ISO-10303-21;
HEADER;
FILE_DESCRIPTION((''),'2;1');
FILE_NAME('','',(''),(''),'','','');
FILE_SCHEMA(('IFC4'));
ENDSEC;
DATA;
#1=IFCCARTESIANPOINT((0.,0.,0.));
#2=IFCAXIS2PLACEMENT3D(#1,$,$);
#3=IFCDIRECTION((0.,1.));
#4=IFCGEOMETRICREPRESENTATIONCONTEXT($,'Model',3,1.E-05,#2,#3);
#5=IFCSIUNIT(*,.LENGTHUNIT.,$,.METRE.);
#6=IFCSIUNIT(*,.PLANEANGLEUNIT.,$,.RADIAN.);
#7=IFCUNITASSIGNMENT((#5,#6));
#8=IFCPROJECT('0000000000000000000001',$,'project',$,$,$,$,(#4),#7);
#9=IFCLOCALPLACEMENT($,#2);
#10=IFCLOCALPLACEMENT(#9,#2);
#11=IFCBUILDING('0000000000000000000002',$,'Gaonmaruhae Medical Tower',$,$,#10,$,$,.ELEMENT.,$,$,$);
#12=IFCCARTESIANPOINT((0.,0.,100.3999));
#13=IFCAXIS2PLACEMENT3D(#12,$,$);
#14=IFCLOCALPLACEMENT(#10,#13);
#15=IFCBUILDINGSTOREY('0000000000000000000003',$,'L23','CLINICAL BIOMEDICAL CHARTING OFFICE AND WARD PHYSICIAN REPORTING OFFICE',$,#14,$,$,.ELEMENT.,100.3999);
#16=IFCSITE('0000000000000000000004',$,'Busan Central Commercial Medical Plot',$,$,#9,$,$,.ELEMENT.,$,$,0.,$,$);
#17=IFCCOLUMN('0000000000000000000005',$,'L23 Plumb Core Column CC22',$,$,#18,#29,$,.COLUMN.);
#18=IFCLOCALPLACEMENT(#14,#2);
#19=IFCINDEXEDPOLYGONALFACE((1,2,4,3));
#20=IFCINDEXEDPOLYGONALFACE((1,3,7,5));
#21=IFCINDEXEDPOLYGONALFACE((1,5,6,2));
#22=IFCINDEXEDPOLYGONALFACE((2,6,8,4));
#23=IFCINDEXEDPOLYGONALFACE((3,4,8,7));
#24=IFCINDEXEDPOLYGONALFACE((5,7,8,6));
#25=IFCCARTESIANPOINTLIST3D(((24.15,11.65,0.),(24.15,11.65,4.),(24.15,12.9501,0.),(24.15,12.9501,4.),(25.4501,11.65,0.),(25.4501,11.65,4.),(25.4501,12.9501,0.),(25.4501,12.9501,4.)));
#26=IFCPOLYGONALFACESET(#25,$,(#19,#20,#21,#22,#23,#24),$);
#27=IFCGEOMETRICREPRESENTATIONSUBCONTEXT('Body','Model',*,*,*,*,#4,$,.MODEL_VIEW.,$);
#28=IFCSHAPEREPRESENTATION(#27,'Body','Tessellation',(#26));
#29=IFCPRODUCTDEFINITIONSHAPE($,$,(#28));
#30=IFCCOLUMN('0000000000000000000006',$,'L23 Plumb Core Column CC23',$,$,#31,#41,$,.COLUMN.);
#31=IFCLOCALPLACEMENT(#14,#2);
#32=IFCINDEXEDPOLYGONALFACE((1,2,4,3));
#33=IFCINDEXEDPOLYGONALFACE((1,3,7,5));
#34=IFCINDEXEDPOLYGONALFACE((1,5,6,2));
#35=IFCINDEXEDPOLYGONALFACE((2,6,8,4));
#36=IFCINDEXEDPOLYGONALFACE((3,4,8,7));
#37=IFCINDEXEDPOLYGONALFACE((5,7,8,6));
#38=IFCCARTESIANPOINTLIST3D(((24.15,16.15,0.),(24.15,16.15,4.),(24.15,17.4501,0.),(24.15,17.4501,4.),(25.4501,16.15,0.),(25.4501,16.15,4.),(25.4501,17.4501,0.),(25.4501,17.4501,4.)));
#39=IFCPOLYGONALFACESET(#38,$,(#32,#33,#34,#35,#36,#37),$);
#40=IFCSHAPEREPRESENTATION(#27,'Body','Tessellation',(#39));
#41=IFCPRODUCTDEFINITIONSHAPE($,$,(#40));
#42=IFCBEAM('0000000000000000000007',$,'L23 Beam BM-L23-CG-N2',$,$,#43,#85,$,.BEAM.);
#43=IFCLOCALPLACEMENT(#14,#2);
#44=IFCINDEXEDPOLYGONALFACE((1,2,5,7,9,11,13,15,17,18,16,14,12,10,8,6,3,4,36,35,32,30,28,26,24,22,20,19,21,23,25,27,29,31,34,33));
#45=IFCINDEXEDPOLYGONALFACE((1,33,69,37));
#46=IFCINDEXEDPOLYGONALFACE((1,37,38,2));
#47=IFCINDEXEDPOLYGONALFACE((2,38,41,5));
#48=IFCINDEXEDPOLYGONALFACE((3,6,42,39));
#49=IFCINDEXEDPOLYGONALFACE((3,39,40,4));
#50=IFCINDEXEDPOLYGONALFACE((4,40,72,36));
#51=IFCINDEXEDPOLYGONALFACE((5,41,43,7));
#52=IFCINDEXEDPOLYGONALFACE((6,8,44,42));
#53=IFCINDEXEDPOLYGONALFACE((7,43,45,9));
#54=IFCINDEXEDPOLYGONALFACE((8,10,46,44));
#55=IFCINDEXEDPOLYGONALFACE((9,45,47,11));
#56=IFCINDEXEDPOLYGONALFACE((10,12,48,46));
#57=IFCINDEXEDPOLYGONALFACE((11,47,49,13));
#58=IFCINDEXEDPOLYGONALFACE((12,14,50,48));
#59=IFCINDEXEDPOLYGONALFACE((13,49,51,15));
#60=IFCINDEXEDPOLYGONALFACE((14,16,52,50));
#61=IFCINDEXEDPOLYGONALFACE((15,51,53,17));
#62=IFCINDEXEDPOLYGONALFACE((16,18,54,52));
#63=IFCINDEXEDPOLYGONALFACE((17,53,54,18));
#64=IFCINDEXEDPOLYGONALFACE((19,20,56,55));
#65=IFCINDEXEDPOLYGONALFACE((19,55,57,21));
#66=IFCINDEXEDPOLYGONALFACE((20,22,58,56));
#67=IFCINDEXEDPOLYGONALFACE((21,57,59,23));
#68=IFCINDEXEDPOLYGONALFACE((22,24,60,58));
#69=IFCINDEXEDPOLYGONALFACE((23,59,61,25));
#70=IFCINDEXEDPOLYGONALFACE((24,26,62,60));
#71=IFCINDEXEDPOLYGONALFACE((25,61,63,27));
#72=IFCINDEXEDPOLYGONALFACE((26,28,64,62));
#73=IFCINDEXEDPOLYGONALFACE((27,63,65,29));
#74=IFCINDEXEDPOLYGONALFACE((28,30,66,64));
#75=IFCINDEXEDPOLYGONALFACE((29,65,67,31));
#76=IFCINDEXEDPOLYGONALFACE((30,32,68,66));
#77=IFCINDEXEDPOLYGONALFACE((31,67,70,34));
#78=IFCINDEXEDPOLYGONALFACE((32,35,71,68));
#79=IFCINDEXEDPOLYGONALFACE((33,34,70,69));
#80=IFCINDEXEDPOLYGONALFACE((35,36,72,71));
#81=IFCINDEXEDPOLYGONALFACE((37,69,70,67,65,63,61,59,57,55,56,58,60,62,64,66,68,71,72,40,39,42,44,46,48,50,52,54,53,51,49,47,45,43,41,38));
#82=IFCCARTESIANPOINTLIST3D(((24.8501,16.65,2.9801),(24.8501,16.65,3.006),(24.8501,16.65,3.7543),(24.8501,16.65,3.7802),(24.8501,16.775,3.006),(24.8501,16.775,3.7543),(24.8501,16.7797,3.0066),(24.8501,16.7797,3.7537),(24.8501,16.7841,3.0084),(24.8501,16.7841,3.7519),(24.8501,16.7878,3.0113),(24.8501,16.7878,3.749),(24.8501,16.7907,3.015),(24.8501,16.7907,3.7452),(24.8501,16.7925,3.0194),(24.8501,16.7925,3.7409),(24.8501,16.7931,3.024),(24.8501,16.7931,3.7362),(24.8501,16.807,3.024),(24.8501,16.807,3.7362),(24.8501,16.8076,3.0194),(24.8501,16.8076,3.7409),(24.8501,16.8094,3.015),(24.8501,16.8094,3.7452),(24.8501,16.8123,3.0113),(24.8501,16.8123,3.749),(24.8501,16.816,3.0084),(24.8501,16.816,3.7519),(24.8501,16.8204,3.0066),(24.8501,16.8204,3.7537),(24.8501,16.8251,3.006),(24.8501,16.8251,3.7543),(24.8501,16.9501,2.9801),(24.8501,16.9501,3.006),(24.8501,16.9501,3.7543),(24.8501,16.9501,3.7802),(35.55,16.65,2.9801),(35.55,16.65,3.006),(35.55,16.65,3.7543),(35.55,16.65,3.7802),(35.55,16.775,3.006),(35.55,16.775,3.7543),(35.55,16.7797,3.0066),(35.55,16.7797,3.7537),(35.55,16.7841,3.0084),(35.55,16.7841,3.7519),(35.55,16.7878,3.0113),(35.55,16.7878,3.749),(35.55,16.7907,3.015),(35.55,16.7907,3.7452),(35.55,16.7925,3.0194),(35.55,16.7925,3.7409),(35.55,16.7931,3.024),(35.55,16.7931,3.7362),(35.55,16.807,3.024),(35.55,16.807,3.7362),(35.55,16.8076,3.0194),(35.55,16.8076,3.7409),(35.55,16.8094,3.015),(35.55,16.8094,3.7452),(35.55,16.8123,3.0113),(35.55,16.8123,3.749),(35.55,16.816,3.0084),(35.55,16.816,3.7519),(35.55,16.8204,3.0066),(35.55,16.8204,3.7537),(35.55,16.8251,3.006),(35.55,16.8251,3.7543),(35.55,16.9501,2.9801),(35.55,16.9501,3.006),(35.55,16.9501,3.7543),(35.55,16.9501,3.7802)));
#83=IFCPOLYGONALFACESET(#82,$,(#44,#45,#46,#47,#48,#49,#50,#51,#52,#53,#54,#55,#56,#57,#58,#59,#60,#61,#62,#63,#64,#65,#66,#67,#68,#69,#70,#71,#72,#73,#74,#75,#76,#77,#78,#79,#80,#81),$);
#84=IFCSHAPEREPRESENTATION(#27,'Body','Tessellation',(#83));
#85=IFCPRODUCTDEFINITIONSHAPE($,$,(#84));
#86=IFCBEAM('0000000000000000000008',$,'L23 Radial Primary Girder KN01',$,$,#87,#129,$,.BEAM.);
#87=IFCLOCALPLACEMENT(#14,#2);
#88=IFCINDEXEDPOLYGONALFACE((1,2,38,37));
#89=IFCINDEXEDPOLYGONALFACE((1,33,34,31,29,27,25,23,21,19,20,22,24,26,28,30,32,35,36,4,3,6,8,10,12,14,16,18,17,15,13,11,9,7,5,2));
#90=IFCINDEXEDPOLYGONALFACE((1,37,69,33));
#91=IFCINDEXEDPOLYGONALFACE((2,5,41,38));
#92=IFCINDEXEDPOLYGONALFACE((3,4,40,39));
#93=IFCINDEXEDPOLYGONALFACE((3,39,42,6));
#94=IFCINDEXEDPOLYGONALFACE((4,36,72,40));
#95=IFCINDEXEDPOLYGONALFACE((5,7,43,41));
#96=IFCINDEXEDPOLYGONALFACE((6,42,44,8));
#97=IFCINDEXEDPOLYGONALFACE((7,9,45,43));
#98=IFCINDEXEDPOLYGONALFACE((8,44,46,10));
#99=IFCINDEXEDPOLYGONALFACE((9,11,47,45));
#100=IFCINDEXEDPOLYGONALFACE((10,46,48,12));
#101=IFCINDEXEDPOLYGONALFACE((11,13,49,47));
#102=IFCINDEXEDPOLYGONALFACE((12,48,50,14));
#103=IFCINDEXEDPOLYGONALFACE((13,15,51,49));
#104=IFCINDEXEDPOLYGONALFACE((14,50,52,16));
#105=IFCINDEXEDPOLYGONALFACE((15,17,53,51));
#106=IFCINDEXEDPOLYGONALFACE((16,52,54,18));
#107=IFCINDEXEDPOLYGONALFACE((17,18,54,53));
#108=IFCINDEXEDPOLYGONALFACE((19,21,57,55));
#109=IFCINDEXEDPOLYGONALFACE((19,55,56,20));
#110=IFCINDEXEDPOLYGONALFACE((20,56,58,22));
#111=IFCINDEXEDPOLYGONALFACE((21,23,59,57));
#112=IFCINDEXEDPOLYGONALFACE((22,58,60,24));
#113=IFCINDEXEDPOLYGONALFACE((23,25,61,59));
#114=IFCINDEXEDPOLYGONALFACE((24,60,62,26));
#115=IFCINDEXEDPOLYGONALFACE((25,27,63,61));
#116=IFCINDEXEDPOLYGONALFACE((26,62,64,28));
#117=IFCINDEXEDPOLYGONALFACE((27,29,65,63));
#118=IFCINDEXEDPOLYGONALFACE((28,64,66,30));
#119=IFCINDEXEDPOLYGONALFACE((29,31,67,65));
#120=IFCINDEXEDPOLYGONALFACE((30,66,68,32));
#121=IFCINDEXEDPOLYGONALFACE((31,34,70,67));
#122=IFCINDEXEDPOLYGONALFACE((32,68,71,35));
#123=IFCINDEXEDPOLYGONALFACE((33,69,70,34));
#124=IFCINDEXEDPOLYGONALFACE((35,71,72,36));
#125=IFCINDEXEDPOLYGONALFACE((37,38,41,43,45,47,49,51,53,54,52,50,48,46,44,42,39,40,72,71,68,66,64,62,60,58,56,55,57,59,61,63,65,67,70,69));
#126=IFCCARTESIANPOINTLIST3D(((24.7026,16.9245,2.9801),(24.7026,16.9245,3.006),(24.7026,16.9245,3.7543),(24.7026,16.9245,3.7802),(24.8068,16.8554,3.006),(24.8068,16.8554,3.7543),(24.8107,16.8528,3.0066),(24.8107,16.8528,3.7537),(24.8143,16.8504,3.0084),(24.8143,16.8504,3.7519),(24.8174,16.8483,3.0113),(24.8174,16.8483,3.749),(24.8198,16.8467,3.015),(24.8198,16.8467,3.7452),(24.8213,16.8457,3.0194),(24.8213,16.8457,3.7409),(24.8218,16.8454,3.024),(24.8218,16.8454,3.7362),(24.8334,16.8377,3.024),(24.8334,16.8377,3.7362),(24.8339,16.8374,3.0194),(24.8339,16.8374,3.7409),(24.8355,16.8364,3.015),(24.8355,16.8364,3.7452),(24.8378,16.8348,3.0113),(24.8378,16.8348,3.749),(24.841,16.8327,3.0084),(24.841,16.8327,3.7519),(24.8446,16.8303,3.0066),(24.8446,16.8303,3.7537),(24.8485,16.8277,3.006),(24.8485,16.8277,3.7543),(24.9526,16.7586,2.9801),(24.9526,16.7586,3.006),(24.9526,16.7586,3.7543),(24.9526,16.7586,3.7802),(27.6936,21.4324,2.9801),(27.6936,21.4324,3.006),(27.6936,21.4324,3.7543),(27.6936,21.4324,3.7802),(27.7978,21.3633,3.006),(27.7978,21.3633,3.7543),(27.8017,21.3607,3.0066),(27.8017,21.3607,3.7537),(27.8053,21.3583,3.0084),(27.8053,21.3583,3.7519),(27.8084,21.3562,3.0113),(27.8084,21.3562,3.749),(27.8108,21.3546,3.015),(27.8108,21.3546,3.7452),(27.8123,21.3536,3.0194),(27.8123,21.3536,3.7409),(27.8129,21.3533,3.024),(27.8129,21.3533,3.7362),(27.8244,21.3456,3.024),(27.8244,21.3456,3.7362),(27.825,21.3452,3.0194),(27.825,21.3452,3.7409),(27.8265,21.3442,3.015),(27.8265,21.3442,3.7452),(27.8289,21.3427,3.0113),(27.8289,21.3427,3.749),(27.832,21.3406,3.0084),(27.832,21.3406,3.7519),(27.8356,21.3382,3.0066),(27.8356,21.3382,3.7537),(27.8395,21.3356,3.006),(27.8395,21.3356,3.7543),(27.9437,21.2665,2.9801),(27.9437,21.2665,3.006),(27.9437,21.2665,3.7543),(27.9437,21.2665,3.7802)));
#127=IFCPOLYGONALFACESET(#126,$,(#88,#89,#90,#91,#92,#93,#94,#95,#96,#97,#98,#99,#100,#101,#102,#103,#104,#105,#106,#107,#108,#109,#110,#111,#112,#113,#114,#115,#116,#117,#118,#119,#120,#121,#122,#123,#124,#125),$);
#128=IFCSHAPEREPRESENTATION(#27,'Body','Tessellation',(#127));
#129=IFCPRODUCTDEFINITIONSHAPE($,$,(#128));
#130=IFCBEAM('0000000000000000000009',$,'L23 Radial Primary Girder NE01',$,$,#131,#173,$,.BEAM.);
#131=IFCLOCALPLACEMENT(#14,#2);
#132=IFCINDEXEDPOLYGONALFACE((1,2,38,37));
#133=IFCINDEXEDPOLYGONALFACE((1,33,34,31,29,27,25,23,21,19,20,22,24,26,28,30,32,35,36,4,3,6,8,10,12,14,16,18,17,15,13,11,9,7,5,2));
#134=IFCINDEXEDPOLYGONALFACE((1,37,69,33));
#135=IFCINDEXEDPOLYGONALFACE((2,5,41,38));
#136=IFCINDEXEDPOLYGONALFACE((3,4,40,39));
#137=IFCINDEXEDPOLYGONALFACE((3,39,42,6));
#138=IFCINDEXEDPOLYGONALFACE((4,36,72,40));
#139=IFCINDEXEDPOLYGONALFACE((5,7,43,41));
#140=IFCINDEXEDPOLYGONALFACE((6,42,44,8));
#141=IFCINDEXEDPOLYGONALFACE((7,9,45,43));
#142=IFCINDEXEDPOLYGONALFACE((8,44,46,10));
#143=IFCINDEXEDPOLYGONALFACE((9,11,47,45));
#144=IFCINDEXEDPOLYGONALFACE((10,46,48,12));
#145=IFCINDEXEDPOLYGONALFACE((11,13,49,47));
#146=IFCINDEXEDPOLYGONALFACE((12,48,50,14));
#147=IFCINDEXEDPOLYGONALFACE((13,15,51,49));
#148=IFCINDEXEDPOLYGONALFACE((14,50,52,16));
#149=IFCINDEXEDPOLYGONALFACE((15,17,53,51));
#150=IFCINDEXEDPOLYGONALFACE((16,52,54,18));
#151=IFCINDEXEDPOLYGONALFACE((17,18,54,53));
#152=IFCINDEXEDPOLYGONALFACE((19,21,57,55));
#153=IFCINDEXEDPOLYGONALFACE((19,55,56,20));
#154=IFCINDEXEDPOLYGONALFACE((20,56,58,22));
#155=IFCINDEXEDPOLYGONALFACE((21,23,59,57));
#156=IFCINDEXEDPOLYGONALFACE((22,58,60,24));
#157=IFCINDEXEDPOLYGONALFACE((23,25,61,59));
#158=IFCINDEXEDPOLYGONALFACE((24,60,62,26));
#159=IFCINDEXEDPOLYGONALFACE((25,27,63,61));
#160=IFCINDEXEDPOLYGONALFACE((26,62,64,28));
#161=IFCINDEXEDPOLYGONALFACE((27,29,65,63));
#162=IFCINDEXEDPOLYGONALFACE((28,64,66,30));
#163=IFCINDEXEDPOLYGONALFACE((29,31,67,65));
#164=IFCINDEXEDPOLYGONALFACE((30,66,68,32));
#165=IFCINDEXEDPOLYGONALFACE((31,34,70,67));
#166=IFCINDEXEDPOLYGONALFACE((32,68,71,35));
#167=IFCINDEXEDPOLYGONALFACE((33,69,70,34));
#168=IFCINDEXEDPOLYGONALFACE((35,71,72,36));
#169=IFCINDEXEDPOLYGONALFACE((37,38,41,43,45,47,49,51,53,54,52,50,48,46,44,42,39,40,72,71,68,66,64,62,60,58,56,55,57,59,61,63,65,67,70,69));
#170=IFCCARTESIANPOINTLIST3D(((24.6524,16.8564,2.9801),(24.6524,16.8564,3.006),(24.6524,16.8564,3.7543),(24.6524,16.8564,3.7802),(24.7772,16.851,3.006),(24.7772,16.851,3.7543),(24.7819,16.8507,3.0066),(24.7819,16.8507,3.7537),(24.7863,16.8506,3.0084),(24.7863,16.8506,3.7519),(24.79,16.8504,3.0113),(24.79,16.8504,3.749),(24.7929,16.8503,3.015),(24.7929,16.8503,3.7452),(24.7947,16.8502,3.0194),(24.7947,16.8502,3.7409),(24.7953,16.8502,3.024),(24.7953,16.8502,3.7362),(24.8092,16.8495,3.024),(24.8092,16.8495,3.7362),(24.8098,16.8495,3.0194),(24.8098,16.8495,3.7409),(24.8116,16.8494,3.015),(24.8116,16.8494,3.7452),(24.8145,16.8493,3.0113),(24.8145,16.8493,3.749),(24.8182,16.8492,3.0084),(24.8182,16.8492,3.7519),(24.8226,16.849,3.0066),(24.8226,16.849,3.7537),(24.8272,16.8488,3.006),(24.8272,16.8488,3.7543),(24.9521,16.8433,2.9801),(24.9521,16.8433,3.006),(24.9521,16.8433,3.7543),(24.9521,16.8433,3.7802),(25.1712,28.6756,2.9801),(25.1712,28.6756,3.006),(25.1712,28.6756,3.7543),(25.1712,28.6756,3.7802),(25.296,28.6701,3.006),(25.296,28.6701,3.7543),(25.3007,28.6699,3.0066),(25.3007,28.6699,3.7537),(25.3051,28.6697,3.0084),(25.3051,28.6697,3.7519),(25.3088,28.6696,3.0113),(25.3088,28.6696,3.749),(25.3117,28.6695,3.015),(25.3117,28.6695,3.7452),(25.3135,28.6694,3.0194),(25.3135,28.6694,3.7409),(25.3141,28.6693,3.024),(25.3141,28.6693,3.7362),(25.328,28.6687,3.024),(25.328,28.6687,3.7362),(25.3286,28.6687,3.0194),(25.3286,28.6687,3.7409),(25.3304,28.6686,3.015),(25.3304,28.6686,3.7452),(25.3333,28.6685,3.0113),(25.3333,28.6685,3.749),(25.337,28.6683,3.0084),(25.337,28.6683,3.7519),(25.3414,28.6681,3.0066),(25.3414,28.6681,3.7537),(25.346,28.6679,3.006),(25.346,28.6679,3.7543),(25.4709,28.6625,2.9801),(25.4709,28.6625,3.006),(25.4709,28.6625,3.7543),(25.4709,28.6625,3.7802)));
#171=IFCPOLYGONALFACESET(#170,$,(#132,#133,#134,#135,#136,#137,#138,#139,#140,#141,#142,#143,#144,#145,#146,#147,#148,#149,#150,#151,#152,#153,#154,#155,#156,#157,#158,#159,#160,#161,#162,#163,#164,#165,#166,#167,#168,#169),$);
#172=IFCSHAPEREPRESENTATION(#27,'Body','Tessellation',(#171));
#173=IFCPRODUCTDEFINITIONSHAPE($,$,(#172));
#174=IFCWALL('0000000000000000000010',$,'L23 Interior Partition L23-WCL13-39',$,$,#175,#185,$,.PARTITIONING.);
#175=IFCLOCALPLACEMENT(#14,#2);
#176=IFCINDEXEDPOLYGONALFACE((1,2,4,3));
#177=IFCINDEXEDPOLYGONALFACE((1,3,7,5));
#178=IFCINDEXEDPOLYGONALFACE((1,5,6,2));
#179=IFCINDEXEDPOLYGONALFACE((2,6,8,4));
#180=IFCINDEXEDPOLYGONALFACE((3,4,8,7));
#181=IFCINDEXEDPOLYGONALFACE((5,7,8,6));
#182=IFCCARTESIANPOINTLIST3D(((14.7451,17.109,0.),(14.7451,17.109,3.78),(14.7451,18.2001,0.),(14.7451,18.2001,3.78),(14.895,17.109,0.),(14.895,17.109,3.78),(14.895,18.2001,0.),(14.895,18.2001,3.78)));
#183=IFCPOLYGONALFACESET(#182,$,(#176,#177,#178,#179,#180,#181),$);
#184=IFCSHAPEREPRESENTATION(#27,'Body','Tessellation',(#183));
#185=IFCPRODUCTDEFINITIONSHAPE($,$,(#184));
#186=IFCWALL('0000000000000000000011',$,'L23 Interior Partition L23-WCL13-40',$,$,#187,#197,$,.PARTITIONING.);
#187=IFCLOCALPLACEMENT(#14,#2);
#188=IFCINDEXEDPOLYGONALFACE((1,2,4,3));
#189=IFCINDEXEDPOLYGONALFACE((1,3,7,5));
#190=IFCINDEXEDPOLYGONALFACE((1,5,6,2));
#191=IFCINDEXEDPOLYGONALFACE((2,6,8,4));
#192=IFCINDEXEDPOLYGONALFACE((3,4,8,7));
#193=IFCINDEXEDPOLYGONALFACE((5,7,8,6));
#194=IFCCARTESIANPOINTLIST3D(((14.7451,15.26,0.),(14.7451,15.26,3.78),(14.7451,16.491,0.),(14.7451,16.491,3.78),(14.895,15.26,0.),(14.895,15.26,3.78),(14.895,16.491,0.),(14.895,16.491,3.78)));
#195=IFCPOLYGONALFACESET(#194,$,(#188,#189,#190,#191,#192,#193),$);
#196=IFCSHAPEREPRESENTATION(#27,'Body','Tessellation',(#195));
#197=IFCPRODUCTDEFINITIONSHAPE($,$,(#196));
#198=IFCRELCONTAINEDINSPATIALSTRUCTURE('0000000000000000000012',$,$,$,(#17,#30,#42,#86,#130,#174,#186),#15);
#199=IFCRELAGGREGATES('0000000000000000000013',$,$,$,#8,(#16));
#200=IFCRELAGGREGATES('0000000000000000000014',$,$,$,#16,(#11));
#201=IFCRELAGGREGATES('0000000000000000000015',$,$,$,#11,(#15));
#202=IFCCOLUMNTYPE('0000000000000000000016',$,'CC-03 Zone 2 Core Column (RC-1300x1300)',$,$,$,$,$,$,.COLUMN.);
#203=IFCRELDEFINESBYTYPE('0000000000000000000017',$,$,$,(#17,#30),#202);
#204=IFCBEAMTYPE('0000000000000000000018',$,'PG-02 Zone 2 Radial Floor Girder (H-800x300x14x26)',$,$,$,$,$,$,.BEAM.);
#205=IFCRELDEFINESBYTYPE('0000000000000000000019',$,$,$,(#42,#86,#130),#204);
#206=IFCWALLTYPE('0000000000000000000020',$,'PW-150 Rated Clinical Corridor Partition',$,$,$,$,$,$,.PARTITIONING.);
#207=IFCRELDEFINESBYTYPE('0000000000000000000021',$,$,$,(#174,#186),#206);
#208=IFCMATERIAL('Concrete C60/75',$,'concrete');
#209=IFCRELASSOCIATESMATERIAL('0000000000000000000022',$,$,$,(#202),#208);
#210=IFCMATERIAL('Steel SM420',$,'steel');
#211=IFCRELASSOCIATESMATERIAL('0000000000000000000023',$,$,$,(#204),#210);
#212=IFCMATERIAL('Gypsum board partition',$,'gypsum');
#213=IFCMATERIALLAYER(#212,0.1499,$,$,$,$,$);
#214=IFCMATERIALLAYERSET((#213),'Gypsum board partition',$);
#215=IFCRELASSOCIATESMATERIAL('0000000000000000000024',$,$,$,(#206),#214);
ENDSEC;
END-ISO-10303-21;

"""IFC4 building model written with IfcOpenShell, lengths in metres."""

from ifc_helpers import new_model, si_unit, direction, frame, frame_2d, origin, origin_2d, place, context, subcontext, project, spatial, rectangle, i_section, extrude, material, layer, layer_set, material_profile, profile_set, type_object, element, save


model = new_model("IFC4")

# Units and contexts
model_context = context("Model", 3, precision=1e-05, world=origin(), true_north=direction((0.0, 1.0)))
body_context = subcontext(model_context, "Body", "Model", "MODEL_VIEW")
ifc_project = project(units=[si_unit("LENGTHUNIT", "METRE"), si_unit("PLANEANGLEUNIT", "RADIAN")], contexts=[model_context])

# Site, building, storey
site_placement = place(None, origin())
site = spatial("IfcSite", under=ifc_project, at=site_placement, Name="Busan Central Commercial Medical Plot", CompositionType="ELEMENT", RefElevation=0.0)
building_placement = place(site_placement, origin())
building = spatial("IfcBuilding", under=site, at=building_placement, Name="Gaonmaruhae Medical Tower", CompositionType="ELEMENT")
storey_placement = place(building_placement, frame((0.0, 0.0, 100.3999)))
storey = spatial("IfcBuildingStorey", under=building, at=storey_placement, Name="L23", Description="CLINICAL BIOMEDICAL CHARTING OFFICE AND WARD PHYSICIAN REPORTING OFFICE", CompositionType="ELEMENT", Elevation=100.3999)

# Columns
ifc_material_1 = material(Name="Concrete C60/75", Category="concrete")
ifc_material_profile_1 = material_profile(ifc_material_1, rectangle(XDim=1.3, YDim=1.3, at=origin_2d()), Name="RC-1300x1300")
ifc_profile_set_1 = profile_set([ifc_material_profile_1], Name="Concrete C60/75")
column_type = type_object("IfcColumnType", Name="CC-03 Zone 2 Core Column (RC-1300x1300)", PredefinedType="COLUMN", material=ifc_profile_set_1)
for number, where, z_axis, x_axis, name in (
    (1, (24.8, 12.3, 0.0), (0.0, 0.0, 1.0), (1.0, 0.0, 0.0), "L23 Plumb Core Column CC22"),
    (2, (24.8, 16.8, 0.0), (0.0, 0.0, 1.0), (1.0, 0.0, 0.0), "L23 Plumb Core Column CC23"),
):
    element("IfcColumn", number, at=place(storey_placement, frame(where, z_axis=z_axis, x_axis=x_axis)), inside=storey, type_object=column_type, Name=name, PredefinedType="COLUMN", context=body_context, shape_type="SweptSolid", body=[
        extrude(rectangle(XDim=1.3, YDim=1.3, at=origin_2d()), origin(), (0.0, 0.0, 1.0), 4.0),
    ])

# Beams
ifc_material_2 = material(Name="Steel SM420", Category="steel")
ifc_material_profile_2 = material_profile(ifc_material_2, i_section(OverallWidth=0.3, OverallDepth=0.8, WebThickness=0.0139, FlangeThickness=0.0259, FilletRadius=0.0181, at=origin_2d()), Name="H-800x300x14x26")
ifc_profile_set_2 = profile_set([ifc_material_profile_2], Name="Steel SM420")
beam_type = type_object("IfcBeamType", Name="PG-02 Zone 2 Radial Floor Girder (H-800x300x14x26)", PredefinedType="BEAM", material=ifc_profile_set_2)
beam_1_placement = place(storey_placement, frame((24.8501, 16.8, 3.3801), z_axis=(1.0, 0.0, 0.0), x_axis=(0.0, 1.0, 0.0)))
element("IfcBeam", 3, at=beam_1_placement, inside=storey, type_object=beam_type, Name="L23 Beam BM-L23-CG-N2", PredefinedType="BEAM", context=body_context, shape_type="SweptSolid", body=[
    extrude(i_section(OverallWidth=0.3, OverallDepth=0.8, WebThickness=0.0139, FlangeThickness=0.0259, FilletRadius=0.0181, at=origin_2d()), origin(), (0.0, 0.0, 1.0), 10.7),
])
beam_2_placement = place(storey_placement, frame((24.8276, 16.8416, 3.3801), z_axis=(0.552876, 0.833263, 0.0), x_axis=(-0.833263, 0.552876, 0.0)))
element("IfcBeam", 4, at=beam_2_placement, inside=storey, type_object=beam_type, Name="L23 Radial Primary Girder KN01", PredefinedType="BEAM", context=body_context, shape_type="SweptSolid", body=[
    extrude(i_section(OverallWidth=0.3, OverallDepth=0.8, WebThickness=0.0139, FlangeThickness=0.0259, FilletRadius=0.0181, at=origin_2d()), origin(), (0.0, 0.0, 1.0), 5.4099),
])
beam_3_placement = place(storey_placement, frame((24.8022, 16.8499, 3.3801), z_axis=(0.043853, 0.999038, 0.0), x_axis=(-0.999038, 0.043853, 0.0)))
element("IfcBeam", 5, at=beam_3_placement, inside=storey, type_object=beam_type, Name="L23 Radial Primary Girder NE01", PredefinedType="BEAM", context=body_context, shape_type="SweptSolid", body=[
    extrude(i_section(OverallWidth=0.3, OverallDepth=0.8, WebThickness=0.0139, FlangeThickness=0.0259, FilletRadius=0.0181, at=origin_2d()), origin(), (0.0, 0.0, 1.0), 11.8306),
])

# Walls
ifc_material_3 = material(Name="Gypsum board partition", Category="gypsum")
ifc_layer_1 = layer(ifc_material_3, 0.1499)
ifc_layer_set_1 = layer_set([ifc_layer_1], Name="Gypsum board partition")
wall_type_1 = type_object("IfcWallType", Name="PW-150 Rated Clinical Corridor Partition", PredefinedType="PARTITIONING", material=ifc_layer_set_1)
wall_1_placement = place(storey_placement, frame((14.8201, 18.2, 0.0), z_axis=(0.0, 0.0, 1.0), x_axis=(0.0, -1.0, 0.0)))
element("IfcWall", 6, at=wall_1_placement, inside=storey, type_object=wall_type_1, Name="L23 Interior Partition L23-WCL13-39", PredefinedType="PARTITIONING", context=body_context, shape_type="SweptSolid", body=[
    extrude(rectangle(XDim=1.0911, YDim=0.1499, at=frame_2d((0.5454, 0.0))), origin(), (0.0, 0.0, 1.0), 3.78),
])
wall_2_placement = place(storey_placement, frame((14.8201, 16.491, 0.0), z_axis=(0.0, 0.0, 1.0), x_axis=(0.0, -1.0, 0.0)))
element("IfcWall", 7, at=wall_2_placement, inside=storey, type_object=wall_type_1, Name="L23 Interior Partition L23-WCL13-40", PredefinedType="PARTITIONING", context=body_context, shape_type="SweptSolid", body=[
    extrude(rectangle(XDim=1.231, YDim=0.1499, at=frame_2d((0.6155, 0.0))), origin(), (0.0, 0.0, 1.0), 3.78),
])

save(model, "model.ifc")
